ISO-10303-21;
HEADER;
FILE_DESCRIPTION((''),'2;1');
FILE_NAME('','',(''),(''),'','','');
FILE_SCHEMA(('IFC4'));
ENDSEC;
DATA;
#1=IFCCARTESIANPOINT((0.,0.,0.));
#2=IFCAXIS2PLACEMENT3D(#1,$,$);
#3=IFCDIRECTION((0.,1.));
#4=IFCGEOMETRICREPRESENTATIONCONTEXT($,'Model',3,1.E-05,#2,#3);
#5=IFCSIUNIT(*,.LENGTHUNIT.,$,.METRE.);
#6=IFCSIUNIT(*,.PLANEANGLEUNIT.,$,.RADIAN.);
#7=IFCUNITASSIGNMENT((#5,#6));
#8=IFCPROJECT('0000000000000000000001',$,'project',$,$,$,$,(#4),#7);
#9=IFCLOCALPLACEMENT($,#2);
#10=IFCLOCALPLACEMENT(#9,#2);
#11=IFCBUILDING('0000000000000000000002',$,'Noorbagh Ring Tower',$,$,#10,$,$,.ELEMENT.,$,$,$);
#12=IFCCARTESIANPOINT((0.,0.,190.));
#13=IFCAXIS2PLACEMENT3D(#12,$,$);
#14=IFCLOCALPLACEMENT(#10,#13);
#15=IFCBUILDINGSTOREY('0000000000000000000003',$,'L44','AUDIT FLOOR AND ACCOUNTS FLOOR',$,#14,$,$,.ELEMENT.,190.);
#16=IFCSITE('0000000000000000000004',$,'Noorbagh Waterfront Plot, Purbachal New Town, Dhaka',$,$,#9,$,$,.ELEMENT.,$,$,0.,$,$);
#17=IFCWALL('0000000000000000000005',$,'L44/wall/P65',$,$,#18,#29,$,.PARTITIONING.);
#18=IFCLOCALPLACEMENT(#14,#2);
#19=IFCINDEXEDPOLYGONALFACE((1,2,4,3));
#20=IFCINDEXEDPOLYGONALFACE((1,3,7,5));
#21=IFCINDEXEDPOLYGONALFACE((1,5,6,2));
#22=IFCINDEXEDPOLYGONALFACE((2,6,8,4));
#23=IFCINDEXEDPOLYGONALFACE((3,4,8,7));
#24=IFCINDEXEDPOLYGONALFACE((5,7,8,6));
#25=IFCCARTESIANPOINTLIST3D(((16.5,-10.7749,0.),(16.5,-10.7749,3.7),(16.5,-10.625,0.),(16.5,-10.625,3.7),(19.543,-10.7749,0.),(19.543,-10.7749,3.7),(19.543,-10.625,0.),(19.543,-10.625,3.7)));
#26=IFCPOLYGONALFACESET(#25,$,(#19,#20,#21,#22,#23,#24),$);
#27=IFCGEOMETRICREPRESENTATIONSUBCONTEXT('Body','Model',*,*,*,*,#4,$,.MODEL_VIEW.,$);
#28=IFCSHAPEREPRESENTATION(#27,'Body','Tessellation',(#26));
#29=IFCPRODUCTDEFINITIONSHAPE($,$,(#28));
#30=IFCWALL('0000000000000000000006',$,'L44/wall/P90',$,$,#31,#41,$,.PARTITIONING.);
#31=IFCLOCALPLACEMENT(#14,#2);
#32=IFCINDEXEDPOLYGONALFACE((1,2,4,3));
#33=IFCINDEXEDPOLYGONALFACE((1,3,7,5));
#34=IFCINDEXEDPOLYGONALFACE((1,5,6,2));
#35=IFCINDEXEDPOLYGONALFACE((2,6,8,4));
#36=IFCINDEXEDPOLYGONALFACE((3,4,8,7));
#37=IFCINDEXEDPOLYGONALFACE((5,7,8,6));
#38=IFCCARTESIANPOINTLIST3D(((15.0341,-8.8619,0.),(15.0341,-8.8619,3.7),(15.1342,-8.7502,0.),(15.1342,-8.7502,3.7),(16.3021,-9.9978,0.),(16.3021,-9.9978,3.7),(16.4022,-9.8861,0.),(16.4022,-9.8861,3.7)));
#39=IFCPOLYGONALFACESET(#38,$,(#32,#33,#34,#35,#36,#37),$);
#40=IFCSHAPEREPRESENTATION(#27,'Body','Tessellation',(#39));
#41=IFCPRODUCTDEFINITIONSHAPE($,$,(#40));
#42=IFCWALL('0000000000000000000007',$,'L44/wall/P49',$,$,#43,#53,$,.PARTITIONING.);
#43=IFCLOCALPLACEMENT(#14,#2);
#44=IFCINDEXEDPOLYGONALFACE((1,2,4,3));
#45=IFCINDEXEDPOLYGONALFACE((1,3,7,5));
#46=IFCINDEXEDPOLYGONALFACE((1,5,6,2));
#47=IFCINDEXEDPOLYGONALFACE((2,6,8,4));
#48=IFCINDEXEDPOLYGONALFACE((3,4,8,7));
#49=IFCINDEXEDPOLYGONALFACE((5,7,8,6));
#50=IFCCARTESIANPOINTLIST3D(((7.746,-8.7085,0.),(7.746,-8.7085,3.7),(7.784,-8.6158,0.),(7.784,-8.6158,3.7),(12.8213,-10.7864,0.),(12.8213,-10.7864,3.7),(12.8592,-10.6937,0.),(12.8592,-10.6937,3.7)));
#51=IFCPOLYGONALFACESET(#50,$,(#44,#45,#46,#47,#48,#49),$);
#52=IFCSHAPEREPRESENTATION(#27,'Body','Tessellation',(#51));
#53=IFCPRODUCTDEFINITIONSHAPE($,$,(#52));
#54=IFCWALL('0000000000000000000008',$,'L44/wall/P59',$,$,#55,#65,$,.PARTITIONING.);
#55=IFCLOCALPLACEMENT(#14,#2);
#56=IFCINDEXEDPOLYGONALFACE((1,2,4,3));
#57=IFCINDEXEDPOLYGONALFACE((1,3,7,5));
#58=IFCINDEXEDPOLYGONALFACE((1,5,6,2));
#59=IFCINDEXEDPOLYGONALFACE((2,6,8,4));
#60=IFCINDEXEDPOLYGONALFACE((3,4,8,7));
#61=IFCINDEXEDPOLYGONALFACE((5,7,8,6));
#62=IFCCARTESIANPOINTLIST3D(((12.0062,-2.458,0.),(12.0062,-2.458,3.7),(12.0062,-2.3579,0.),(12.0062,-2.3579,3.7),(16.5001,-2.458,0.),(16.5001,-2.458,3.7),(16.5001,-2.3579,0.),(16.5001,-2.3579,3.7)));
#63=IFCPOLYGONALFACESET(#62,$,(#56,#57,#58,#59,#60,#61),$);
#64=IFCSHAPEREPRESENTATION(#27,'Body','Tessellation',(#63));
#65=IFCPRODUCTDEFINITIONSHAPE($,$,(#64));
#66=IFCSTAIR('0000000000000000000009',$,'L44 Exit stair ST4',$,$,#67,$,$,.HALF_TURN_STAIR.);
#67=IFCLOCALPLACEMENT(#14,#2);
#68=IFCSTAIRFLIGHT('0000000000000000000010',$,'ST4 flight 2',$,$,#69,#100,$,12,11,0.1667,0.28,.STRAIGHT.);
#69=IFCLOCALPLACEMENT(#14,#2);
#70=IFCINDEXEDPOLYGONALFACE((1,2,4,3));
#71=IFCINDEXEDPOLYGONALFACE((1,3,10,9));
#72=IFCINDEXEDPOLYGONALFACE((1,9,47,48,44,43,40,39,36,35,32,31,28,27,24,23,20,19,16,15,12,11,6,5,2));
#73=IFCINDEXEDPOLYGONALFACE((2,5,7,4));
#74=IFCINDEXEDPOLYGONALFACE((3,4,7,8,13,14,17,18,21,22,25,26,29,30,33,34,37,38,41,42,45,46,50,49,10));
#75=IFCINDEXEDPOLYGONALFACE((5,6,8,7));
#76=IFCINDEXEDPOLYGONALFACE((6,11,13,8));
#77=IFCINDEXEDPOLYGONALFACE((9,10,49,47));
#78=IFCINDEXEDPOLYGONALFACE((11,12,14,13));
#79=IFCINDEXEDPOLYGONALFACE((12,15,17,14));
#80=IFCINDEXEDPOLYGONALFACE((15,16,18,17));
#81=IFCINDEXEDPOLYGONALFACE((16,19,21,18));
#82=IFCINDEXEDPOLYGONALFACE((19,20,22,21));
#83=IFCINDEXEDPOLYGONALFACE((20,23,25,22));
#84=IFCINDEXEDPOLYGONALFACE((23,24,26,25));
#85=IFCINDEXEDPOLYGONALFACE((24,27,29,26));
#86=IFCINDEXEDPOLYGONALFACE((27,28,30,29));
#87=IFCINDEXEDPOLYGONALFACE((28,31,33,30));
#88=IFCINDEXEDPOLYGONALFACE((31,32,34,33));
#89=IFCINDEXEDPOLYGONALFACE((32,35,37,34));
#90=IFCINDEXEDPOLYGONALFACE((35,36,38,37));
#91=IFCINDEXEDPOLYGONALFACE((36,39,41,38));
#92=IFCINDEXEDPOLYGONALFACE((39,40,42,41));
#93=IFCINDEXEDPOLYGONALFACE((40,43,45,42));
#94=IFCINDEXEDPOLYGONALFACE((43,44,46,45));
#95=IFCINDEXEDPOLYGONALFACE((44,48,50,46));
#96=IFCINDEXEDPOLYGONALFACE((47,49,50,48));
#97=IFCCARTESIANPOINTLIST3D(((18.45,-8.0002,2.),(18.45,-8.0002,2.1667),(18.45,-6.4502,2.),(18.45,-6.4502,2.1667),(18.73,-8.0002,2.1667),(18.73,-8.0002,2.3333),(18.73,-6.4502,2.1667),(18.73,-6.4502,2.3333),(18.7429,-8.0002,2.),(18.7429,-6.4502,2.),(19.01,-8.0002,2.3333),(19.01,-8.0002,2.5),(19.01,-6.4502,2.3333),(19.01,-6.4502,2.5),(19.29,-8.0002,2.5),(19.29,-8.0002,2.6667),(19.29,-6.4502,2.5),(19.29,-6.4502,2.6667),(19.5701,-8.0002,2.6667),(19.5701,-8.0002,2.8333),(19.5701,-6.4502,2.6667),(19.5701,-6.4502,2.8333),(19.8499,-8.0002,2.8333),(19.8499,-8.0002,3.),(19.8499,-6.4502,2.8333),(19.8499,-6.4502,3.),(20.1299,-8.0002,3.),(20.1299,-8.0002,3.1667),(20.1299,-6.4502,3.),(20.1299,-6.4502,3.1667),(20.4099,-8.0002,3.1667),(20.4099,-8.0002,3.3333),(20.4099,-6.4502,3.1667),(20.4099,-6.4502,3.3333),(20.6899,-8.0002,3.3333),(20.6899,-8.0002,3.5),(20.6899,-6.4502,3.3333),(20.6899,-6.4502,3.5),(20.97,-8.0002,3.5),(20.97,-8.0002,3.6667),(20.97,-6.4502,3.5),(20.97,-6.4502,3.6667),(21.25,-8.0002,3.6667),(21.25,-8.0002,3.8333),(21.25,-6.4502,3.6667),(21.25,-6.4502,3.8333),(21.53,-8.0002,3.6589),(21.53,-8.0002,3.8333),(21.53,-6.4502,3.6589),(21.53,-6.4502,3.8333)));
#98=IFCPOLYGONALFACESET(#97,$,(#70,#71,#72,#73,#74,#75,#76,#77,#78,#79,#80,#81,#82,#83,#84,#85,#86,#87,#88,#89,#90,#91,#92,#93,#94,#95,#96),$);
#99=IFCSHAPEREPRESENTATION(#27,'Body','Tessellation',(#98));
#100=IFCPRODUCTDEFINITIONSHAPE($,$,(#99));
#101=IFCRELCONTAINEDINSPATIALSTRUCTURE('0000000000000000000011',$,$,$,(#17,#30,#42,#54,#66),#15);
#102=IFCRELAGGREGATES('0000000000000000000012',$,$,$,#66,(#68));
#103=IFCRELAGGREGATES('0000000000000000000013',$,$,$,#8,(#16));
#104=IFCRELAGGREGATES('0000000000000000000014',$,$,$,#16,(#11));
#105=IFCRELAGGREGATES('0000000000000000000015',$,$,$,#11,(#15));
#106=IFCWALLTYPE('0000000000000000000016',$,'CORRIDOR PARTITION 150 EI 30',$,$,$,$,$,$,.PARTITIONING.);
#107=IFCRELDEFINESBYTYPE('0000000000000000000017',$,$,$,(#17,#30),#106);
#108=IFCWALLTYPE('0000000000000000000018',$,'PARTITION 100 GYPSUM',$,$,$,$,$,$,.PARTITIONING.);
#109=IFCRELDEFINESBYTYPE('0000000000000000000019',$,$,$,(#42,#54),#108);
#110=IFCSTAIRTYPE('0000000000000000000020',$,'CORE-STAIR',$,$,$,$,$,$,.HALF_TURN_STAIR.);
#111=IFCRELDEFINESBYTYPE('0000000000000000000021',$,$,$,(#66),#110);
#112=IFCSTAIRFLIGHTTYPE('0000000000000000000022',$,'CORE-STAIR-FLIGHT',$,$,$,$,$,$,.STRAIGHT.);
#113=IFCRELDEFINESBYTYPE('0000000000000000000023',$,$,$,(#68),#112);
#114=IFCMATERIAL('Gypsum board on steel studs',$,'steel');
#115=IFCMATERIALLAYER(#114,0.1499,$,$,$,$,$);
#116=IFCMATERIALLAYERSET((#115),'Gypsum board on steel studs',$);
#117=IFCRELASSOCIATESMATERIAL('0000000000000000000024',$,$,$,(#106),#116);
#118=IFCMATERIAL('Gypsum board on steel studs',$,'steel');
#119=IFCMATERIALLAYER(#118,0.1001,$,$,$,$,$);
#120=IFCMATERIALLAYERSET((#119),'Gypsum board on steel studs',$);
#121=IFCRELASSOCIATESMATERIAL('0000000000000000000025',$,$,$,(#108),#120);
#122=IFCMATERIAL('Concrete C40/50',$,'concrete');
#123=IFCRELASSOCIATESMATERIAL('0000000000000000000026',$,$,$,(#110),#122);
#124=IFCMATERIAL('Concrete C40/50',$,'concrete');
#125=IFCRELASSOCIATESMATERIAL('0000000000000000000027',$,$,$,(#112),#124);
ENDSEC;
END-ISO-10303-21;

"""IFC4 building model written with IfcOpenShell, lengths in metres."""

from ifc_helpers import new_model, si_unit, direction, frame, frame_2d, origin, place, context, subcontext, project, spatial, polyline, rectangle, outline, extrude, material, layer, layer_set, type_object, element, aggregate, save


model = new_model("IFC4")

# Units and contexts
model_context = context("Model", 3, precision=1e-05, world=origin(), true_north=direction((0.0, 1.0)))
body_context = subcontext(model_context, "Body", "Model", "MODEL_VIEW")
ifc_project = project(units=[si_unit("LENGTHUNIT", "METRE"), si_unit("PLANEANGLEUNIT", "RADIAN")], contexts=[model_context])

# Site, building, storey
site_placement = place(None, origin())
site = spatial("IfcSite", under=ifc_project, at=site_placement, Name="Noorbagh Waterfront Plot, Purbachal New Town, Dhaka", CompositionType="ELEMENT", RefElevation=0.0)
building_placement = place(site_placement, origin())
building = spatial("IfcBuilding", under=site, at=building_placement, Name="Noorbagh Ring Tower", CompositionType="ELEMENT")
storey_placement = place(building_placement, frame((0.0, 0.0, 190.0)))
storey = spatial("IfcBuildingStorey", under=building, at=storey_placement, Name="L44", Description="AUDIT FLOOR AND ACCOUNTS FLOOR", CompositionType="ELEMENT", Elevation=190.0)

# Shared definitions
ifc_material_1 = material(Name="Gypsum board on steel studs", Category="steel")
ifc_layer_1 = layer(ifc_material_1, 0.1499)
ifc_layer_set_1 = layer_set([ifc_layer_1], Name="Gypsum board on steel studs")
wall_type_1 = type_object("IfcWallType", Name="CORRIDOR PARTITION 150 EI 30", PredefinedType="PARTITIONING", material=ifc_layer_set_1)

# Walls
wall_1_placement = place(storey_placement, frame((16.5, -10.7, 0.0), z_axis=(0.0, 0.0, 1.0), x_axis=(1.0, 0.0, 0.0)))
element("IfcWall", 1, at=wall_1_placement, inside=storey, type_object=wall_type_1, Name="L44/wall/P65", PredefinedType="PARTITIONING", context=body_context, shape_type="SweptSolid", body=[
    extrude(rectangle(XDim=3.043, YDim=0.1499, at=frame_2d((1.5215, 0.0))), origin(), (0.0, 0.0, 1.0), 3.7),
])
wall_2_placement = place(storey_placement, frame((16.3521, -9.9419, 0.0), z_axis=(0.0, 0.0, 1.0), x_axis=(-0.744832, 0.667252, 0.0)))
element("IfcWall", 2, at=wall_2_placement, inside=storey, type_object=wall_type_1, Name="L44/wall/P90", PredefinedType="PARTITIONING", context=body_context, shape_type="SweptSolid", body=[
    extrude(rectangle(XDim=1.7024, YDim=0.1499, at=frame_2d((0.8511, 0.0))), origin(), (0.0, 0.0, 1.0), 3.7),
])
ifc_material_2 = material(Name="Gypsum board on steel studs", Category="steel")
ifc_layer_2 = layer(ifc_material_2, 0.1001)
ifc_layer_set_2 = layer_set([ifc_layer_2], Name="Gypsum board on steel studs")
wall_type_2 = type_object("IfcWallType", Name="PARTITION 100 GYPSUM", PredefinedType="PARTITIONING", material=ifc_layer_set_2)
wall_3_placement = place(storey_placement, frame((7.7649, -8.6621, 0.0), z_axis=(0.0, 0.0, 1.0), x_axis=(0.925441, -0.378893, 0.0)))
element("IfcWall", 3, at=wall_3_placement, inside=storey, type_object=wall_type_2, Name="L44/wall/P49", PredefinedType="PARTITIONING", context=body_context, shape_type="SweptSolid", body=[
    extrude(rectangle(XDim=5.4841, YDim=0.1001, at=frame_2d((2.7422, 0.0))), origin(), (0.0, 0.0, 1.0), 3.7),
])
wall_4_placement = place(storey_placement, frame((12.0061, -2.408, 0.0), z_axis=(0.0, 0.0, 1.0), x_axis=(1.0, 0.0, 0.0)))
element("IfcWall", 4, at=wall_4_placement, inside=storey, type_object=wall_type_2, Name="L44/wall/P59", PredefinedType="PARTITIONING", context=body_context, shape_type="SweptSolid", body=[
    extrude(rectangle(XDim=4.4939, YDim=0.1001, at=frame_2d((2.2471, 0.0))), origin(), (0.0, 0.0, 1.0), 3.7),
])

# Stair, stair flight
ifc_material_3 = material(Name="Concrete C40/50", Category="concrete")
stair_type = type_object("IfcStairType", Name="CORE-STAIR", PredefinedType="HALF_TURN_STAIR", material=ifc_material_3)
stair_placement = place(storey_placement, origin())
stair = element("IfcStair", 5, at=stair_placement, inside=storey, type_object=stair_type, Name="L44 Exit stair ST4", PredefinedType="HALF_TURN_STAIR")
ifc_material_4 = material(Name="Concrete C40/50", Category="concrete")
stair_flight_type = type_object("IfcStairFlightType", Name="CORE-STAIR-FLIGHT", PredefinedType="STRAIGHT", material=ifc_material_4)
stair_flight_placement = place(storey_placement, frame((18.45, -7.2251, 2.0), z_axis=(0.0, 0.0, 1.0), x_axis=(1.0, 0.0, 0.0)))
stair_flight = element("IfcStairFlight", 6, at=stair_flight_placement, type_object=stair_flight_type, Name="ST4 flight 2", NumberOfRisers=12, NumberOfTreads=11, PredefinedType="STRAIGHT", RiserHeight=0.1667, TreadLength=0.28, context=body_context, shape_type="SweptSolid", body=[
    extrude(outline(polyline([(0.0, 0.0), (0.0, 0.1667), (0.28, 0.1667), (0.28, 0.3333), (0.5601, 0.3333), (0.5601, 0.5), (0.8401, 0.5), (0.8401, 0.6667), (1.1201, 0.6667), (1.1201, 0.8333), (1.3999, 0.8333), (1.3999, 1.0), (1.6799, 1.0), (1.6799, 1.1667), (1.96, 1.1667), (1.96, 1.3333), (2.24, 1.3333), (2.24, 1.5), (2.52, 1.5), (2.52, 1.6667), (2.8, 1.6667), (2.8, 1.8333), (3.0801, 1.8333), (3.0801, 2.0), (3.0801, 1.6589), (0.293, 0.0), (0.0, 0.0)])), frame((0.0, 0.7749, 0.0), z_axis=(0.0, -1.0, 0.0), x_axis=(1.0, 0.0, 0.0)), (0.0, 0.0, 1.0), 1.55),
])
aggregate(stair, [stair_flight])

save(model, "model.ifc")
